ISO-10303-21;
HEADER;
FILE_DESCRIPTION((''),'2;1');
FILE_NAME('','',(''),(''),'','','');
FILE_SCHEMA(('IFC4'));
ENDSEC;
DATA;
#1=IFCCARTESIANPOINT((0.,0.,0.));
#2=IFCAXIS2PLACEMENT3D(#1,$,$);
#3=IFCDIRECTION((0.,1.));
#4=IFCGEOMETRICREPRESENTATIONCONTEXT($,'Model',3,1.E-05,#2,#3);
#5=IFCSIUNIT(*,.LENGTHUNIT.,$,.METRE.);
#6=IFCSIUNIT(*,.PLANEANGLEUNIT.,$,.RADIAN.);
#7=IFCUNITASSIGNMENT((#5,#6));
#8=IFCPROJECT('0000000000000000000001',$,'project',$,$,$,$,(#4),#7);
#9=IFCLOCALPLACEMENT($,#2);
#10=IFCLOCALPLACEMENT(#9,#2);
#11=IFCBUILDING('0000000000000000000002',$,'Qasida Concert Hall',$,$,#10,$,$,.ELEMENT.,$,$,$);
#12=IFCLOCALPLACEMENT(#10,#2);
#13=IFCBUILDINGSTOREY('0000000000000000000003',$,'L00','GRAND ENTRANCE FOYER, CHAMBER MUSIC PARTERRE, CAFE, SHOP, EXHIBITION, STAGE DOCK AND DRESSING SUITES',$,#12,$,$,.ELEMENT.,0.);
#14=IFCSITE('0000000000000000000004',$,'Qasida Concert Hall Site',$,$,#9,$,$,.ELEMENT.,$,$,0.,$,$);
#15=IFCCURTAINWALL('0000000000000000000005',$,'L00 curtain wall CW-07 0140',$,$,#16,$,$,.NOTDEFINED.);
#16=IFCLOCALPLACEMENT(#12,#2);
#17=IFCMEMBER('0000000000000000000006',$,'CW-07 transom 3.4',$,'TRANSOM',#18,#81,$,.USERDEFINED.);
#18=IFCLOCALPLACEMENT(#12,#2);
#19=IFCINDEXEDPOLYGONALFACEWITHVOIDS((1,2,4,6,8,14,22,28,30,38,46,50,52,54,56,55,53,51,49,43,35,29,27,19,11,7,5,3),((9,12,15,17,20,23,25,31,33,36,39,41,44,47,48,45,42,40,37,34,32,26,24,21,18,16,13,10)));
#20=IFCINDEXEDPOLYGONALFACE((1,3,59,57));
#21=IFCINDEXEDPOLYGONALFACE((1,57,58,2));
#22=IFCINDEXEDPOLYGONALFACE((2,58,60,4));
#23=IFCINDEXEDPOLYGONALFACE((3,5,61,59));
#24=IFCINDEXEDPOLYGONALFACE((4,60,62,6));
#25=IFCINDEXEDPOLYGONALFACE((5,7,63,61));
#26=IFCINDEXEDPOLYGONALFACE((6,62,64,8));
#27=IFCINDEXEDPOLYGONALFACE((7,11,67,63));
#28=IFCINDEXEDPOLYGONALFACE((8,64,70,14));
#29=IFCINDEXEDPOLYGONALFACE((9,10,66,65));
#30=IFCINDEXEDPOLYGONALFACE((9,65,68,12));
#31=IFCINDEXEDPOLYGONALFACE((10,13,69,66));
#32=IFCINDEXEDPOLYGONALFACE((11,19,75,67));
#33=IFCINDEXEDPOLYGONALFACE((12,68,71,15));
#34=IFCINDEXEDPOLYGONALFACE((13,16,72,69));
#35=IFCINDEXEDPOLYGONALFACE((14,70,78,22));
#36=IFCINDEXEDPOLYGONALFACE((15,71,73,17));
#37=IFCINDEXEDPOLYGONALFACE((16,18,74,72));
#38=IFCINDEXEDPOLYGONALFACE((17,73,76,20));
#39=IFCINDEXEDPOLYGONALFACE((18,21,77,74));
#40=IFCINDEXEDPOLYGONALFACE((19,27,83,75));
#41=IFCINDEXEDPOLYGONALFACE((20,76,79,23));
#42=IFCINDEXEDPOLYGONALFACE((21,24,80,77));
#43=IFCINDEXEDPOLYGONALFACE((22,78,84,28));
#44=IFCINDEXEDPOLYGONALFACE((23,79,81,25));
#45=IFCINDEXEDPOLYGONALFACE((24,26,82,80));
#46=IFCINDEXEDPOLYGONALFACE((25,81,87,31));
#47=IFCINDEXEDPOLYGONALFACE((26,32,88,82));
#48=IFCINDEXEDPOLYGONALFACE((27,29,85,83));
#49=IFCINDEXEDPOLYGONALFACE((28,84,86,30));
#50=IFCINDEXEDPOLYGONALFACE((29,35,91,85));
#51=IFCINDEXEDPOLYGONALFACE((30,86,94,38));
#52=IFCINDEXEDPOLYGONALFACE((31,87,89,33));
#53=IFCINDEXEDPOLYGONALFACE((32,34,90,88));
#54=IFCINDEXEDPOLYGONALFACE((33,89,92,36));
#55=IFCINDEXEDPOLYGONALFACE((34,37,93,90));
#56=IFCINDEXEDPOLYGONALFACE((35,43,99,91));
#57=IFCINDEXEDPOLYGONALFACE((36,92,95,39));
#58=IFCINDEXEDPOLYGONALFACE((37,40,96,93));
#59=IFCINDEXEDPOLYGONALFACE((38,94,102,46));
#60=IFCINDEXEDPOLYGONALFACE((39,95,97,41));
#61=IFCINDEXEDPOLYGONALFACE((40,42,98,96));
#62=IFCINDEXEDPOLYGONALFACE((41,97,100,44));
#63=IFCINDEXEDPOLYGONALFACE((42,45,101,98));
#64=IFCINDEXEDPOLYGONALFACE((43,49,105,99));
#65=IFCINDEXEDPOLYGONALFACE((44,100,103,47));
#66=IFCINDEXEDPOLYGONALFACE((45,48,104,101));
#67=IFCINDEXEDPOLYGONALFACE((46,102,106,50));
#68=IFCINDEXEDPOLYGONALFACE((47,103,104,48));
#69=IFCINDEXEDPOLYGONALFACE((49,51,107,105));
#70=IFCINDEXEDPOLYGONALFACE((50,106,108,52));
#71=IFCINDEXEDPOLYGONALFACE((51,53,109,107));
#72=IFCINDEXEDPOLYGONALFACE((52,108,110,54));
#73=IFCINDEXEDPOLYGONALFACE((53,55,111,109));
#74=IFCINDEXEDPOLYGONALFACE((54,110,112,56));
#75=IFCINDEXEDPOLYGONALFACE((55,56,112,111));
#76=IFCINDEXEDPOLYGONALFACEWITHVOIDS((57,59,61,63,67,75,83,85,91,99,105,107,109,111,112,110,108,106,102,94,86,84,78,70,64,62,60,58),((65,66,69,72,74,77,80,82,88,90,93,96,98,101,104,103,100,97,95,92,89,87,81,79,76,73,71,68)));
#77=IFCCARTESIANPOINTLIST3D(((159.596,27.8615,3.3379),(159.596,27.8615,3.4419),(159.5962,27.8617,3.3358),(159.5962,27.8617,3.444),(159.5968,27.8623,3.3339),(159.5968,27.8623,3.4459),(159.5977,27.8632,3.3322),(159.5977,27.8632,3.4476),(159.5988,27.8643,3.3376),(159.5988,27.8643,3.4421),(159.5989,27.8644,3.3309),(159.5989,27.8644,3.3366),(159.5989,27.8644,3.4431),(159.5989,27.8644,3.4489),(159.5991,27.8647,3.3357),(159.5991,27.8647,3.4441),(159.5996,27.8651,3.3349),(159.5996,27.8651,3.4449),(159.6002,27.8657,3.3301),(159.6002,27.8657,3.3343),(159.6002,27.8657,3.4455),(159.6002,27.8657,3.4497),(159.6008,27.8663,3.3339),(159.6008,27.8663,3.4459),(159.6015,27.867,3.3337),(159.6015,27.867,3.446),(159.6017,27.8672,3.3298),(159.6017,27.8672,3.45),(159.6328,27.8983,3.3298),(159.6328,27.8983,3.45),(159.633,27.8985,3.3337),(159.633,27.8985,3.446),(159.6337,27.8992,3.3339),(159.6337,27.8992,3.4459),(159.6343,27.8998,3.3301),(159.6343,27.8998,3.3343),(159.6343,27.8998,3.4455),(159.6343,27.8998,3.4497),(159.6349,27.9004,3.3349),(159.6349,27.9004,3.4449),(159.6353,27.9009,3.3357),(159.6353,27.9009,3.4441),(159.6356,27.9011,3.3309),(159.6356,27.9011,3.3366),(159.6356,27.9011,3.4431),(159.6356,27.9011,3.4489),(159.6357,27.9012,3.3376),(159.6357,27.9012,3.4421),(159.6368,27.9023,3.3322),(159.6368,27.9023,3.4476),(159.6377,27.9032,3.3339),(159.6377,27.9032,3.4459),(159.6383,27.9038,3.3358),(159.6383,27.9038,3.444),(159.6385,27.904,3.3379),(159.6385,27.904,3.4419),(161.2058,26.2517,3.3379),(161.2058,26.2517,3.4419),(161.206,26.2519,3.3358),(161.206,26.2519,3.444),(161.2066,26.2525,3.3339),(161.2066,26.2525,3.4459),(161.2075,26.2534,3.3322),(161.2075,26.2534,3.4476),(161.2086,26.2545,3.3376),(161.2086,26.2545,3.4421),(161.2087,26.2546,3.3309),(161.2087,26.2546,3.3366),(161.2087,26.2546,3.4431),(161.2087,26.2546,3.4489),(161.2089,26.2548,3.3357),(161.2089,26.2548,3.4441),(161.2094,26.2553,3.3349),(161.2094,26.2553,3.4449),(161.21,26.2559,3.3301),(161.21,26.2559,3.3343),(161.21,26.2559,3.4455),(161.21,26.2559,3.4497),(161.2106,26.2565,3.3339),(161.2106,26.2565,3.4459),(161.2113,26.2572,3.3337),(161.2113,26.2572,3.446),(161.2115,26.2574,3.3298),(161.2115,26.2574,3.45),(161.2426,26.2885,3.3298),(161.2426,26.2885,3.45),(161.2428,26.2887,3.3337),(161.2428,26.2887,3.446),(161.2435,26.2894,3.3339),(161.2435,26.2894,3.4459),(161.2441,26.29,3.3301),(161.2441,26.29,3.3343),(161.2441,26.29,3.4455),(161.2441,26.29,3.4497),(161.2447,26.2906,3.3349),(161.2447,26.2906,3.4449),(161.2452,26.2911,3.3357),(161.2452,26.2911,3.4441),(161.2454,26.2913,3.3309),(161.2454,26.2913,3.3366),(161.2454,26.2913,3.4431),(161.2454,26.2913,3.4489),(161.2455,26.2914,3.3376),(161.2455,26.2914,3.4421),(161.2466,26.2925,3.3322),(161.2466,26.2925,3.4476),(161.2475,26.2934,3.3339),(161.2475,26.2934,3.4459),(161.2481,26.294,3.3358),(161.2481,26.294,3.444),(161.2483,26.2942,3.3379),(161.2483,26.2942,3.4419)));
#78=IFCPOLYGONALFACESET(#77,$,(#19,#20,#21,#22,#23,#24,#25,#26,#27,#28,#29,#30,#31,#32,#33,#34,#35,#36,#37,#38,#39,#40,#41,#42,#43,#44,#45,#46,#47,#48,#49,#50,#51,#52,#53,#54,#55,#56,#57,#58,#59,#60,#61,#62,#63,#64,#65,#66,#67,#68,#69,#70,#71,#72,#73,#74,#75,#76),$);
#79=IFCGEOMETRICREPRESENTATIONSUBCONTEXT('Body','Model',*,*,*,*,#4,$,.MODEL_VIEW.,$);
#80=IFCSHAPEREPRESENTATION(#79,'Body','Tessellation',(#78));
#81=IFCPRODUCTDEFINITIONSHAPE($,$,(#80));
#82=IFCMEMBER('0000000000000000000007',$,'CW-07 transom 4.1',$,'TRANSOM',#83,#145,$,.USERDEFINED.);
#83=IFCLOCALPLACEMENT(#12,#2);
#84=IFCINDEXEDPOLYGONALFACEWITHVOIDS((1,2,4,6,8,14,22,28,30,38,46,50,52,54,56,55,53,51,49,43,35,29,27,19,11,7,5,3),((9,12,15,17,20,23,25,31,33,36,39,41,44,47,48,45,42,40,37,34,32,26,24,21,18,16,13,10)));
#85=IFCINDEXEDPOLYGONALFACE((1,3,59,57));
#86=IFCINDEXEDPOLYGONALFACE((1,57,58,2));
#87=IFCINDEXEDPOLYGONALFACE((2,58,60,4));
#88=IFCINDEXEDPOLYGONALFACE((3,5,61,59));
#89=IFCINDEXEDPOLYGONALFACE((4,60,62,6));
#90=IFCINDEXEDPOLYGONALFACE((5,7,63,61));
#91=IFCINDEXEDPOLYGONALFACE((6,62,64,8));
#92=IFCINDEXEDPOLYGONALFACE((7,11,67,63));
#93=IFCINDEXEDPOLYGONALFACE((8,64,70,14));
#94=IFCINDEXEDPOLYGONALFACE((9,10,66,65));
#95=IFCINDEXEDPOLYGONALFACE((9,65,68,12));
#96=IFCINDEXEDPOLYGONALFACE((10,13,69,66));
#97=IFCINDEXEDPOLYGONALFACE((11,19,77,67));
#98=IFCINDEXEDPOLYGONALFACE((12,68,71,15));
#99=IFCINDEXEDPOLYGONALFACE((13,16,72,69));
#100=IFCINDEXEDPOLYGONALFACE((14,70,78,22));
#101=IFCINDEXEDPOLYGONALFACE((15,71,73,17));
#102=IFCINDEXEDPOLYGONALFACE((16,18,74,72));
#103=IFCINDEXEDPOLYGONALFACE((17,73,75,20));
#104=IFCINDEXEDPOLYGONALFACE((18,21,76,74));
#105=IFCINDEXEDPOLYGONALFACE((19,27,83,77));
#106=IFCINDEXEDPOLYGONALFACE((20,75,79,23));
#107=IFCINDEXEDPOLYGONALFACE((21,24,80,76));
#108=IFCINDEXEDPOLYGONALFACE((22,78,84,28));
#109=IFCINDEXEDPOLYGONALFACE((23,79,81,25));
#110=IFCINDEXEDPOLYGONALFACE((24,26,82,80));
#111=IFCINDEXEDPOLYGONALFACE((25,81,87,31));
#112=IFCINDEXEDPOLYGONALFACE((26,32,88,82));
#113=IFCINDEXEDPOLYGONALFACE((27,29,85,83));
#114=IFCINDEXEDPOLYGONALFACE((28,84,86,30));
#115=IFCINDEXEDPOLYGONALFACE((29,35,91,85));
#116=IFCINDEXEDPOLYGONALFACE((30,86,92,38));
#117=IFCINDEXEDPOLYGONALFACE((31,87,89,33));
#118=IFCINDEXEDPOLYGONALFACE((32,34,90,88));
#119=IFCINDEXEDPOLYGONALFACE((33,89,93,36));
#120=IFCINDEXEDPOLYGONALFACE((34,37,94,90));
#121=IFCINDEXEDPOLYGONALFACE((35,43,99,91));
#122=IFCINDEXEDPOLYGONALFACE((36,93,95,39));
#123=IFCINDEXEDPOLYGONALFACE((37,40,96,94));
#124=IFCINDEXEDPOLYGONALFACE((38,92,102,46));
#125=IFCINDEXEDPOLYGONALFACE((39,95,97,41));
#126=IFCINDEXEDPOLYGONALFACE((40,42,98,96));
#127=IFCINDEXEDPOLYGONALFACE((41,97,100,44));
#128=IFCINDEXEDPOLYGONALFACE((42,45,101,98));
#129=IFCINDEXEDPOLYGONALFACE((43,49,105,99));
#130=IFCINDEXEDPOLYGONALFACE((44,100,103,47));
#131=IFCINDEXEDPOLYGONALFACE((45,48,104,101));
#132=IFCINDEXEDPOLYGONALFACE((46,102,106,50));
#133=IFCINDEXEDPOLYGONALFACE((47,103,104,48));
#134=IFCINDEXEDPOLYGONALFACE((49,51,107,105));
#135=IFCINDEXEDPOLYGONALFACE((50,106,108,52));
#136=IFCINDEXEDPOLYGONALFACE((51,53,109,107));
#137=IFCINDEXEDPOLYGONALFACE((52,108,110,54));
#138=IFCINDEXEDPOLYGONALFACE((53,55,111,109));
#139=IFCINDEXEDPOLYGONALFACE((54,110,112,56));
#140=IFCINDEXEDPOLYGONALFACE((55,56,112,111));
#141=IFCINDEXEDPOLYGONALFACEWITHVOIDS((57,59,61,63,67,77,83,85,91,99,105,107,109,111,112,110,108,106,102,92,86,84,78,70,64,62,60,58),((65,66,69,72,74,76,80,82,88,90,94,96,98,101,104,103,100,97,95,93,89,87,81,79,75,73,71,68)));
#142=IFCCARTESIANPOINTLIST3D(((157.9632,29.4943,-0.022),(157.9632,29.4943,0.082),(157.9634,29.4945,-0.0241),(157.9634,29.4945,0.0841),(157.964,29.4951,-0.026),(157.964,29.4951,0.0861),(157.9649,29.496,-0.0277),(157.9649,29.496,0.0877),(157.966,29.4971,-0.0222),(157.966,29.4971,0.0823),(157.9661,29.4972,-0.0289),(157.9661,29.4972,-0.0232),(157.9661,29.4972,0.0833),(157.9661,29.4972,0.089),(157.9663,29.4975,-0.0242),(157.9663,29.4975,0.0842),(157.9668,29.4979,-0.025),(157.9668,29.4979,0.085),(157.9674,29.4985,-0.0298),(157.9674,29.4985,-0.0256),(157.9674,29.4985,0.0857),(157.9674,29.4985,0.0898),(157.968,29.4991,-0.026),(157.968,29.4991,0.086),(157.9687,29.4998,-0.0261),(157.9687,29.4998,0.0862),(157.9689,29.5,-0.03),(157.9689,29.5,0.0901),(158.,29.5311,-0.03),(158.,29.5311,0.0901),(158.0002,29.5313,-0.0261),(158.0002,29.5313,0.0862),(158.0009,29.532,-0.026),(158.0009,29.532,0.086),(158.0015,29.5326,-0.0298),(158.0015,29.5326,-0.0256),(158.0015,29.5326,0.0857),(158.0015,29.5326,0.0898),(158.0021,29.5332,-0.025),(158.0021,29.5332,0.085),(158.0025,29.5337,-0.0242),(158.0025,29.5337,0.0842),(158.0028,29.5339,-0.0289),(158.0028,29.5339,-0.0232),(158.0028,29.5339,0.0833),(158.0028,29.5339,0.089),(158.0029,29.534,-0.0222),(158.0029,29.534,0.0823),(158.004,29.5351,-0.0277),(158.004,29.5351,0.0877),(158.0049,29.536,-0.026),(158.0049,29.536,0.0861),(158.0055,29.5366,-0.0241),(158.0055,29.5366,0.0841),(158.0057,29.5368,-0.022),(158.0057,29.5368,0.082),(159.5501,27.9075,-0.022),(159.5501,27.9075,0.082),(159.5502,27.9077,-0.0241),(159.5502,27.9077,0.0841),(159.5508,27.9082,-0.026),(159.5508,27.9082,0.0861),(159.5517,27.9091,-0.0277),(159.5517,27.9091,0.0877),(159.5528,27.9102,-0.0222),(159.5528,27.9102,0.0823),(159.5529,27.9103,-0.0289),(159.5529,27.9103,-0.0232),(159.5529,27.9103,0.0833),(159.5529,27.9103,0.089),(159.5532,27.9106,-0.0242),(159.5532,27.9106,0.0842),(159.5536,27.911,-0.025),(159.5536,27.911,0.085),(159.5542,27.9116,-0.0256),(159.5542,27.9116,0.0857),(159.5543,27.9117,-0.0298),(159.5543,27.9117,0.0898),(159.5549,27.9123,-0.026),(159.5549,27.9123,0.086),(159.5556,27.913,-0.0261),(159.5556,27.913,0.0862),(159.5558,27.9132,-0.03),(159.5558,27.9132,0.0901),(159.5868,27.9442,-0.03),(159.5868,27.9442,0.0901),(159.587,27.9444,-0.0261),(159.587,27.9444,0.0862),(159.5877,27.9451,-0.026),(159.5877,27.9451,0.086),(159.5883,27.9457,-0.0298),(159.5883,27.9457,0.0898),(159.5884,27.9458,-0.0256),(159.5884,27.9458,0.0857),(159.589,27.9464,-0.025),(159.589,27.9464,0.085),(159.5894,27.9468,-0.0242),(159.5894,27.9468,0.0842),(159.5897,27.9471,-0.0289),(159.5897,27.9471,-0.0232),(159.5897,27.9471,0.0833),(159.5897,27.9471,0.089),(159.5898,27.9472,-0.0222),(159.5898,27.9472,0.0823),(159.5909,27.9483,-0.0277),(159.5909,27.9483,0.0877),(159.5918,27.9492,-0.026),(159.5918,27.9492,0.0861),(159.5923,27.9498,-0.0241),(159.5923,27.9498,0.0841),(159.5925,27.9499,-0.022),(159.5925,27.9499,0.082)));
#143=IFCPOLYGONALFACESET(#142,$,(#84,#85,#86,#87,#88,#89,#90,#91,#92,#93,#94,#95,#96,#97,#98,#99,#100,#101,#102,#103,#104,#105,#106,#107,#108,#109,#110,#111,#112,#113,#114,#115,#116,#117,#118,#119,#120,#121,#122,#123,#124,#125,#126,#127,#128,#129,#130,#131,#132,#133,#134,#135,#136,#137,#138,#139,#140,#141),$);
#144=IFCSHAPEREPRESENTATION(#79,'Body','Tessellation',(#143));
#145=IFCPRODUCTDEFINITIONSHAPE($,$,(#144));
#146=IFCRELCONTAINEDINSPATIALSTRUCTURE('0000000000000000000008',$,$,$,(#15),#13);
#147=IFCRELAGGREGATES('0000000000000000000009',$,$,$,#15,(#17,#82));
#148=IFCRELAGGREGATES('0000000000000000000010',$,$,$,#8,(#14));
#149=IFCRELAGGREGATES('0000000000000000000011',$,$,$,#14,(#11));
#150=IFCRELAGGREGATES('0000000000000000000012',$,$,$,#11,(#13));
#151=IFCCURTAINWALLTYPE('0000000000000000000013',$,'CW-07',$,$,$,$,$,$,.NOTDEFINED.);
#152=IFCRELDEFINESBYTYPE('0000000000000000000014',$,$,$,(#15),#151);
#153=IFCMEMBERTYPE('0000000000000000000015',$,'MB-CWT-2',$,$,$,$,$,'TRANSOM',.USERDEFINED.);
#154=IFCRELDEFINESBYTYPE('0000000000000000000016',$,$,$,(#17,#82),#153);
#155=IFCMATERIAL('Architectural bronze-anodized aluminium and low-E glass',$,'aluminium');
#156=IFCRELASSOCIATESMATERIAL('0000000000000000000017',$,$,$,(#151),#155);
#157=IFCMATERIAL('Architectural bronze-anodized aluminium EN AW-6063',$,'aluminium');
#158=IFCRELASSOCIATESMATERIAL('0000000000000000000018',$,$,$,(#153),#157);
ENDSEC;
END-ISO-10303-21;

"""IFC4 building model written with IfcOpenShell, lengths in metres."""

from ifc_helpers import new_model, si_unit, direction, frame, origin, origin_2d, place, context, subcontext, project, spatial, hollow_rectangle, extrude, material, material_profile, profile_set, type_object, element, aggregate, save


model = new_model("IFC4")

# Units and contexts
model_context = context("Model", 3, precision=1e-05, world=origin(), true_north=direction((0.0, 1.0)))
body_context = subcontext(model_context, "Body", "Model", "MODEL_VIEW")
ifc_project = project(units=[si_unit("LENGTHUNIT", "METRE"), si_unit("PLANEANGLEUNIT", "RADIAN")], contexts=[model_context])

# Site, building, storey
site_placement = place(None, origin())
site = spatial("IfcSite", under=ifc_project, at=site_placement, Name="Qasida Concert Hall Site", CompositionType="ELEMENT", RefElevation=0.0)
building_placement = place(site_placement, origin())
building = spatial("IfcBuilding", under=site, at=building_placement, Name="Qasida Concert Hall", CompositionType="ELEMENT")
storey_placement = place(building_placement, origin())
storey = spatial("IfcBuildingStorey", under=building, at=storey_placement, Name="L00", Description="GRAND ENTRANCE FOYER, CHAMBER MUSIC PARTERRE, CAFE, SHOP, EXHIBITION, STAGE DOCK AND DRESSING SUITES", CompositionType="ELEMENT", Elevation=0.0)

# Curtain wall, members
ifc_material_1 = material(Name="Architectural bronze-anodized aluminium and low-E glass", Category="aluminium")
curtain_wall_type = type_object("IfcCurtainWallType", Name="CW-07", PredefinedType="NOTDEFINED", material=ifc_material_1)
curtain_wall_placement = place(storey_placement, origin())
curtain_wall = element("IfcCurtainWall", 1, at=curtain_wall_placement, inside=storey, type_object=curtain_wall_type, Name="L00 curtain wall CW-07 0140", PredefinedType="NOTDEFINED")
ifc_material_2 = material(Name="Architectural bronze-anodized aluminium EN AW-6063", Category="aluminium")
ifc_material_profile_1 = material_profile(ifc_material_2, hollow_rectangle(XDim=0.0601, YDim=0.1201, WallThickness=0.0039, InnerFilletRadius=0.0039, OuterFilletRadius=0.0081, at=origin_2d()), Name="CWT 120x60x4")
ifc_profile_set_1 = profile_set([ifc_material_profile_1], Name="Architectural bronze-anodized aluminium EN AW-6063")
member_type_1 = type_object("IfcMemberType", Name="MB-CWT-2", ElementType="TRANSOM", PredefinedType="USERDEFINED", material=ifc_profile_set_1)
member_1_placement = place(storey_placement, frame((161.2271, 26.2729, 3.3899), z_axis=(-0.707107, 0.707107, 0.0), x_axis=(-0.707107, -0.707107, 0.0)))
member_1 = element("IfcMember", 2, at=member_1_placement, type_object=member_type_1, Name="CW-07 transom 3.4", ObjectType="TRANSOM", PredefinedType="USERDEFINED", context=body_context, shape_type="SweptSolid", body=[
    extrude(hollow_rectangle(XDim=0.0601, YDim=0.1201, WallThickness=0.0039, InnerFilletRadius=0.0039, OuterFilletRadius=0.0081, at=origin_2d()), origin(), (0.0, 0.0, 1.0), 2.2766),
])
member_2_placement = place(storey_placement, frame((159.5713, 27.9287, 0.03), z_axis=(-0.707107, 0.707107, 0.0), x_axis=(-0.707107, -0.707107, 0.0)))
member_2 = element("IfcMember", 3, at=member_2_placement, type_object=member_type_1, Name="CW-07 transom 4.1", ObjectType="TRANSOM", PredefinedType="USERDEFINED", context=body_context, shape_type="SweptSolid", body=[
    extrude(hollow_rectangle(XDim=0.0601, YDim=0.1201, WallThickness=0.0039, InnerFilletRadius=0.0039, OuterFilletRadius=0.0081, at=origin_2d()), origin(), (0.0, 0.0, 1.0), 2.2441),
])
aggregate(curtain_wall, [member_1, member_2])

save(model, "model.ifc")
